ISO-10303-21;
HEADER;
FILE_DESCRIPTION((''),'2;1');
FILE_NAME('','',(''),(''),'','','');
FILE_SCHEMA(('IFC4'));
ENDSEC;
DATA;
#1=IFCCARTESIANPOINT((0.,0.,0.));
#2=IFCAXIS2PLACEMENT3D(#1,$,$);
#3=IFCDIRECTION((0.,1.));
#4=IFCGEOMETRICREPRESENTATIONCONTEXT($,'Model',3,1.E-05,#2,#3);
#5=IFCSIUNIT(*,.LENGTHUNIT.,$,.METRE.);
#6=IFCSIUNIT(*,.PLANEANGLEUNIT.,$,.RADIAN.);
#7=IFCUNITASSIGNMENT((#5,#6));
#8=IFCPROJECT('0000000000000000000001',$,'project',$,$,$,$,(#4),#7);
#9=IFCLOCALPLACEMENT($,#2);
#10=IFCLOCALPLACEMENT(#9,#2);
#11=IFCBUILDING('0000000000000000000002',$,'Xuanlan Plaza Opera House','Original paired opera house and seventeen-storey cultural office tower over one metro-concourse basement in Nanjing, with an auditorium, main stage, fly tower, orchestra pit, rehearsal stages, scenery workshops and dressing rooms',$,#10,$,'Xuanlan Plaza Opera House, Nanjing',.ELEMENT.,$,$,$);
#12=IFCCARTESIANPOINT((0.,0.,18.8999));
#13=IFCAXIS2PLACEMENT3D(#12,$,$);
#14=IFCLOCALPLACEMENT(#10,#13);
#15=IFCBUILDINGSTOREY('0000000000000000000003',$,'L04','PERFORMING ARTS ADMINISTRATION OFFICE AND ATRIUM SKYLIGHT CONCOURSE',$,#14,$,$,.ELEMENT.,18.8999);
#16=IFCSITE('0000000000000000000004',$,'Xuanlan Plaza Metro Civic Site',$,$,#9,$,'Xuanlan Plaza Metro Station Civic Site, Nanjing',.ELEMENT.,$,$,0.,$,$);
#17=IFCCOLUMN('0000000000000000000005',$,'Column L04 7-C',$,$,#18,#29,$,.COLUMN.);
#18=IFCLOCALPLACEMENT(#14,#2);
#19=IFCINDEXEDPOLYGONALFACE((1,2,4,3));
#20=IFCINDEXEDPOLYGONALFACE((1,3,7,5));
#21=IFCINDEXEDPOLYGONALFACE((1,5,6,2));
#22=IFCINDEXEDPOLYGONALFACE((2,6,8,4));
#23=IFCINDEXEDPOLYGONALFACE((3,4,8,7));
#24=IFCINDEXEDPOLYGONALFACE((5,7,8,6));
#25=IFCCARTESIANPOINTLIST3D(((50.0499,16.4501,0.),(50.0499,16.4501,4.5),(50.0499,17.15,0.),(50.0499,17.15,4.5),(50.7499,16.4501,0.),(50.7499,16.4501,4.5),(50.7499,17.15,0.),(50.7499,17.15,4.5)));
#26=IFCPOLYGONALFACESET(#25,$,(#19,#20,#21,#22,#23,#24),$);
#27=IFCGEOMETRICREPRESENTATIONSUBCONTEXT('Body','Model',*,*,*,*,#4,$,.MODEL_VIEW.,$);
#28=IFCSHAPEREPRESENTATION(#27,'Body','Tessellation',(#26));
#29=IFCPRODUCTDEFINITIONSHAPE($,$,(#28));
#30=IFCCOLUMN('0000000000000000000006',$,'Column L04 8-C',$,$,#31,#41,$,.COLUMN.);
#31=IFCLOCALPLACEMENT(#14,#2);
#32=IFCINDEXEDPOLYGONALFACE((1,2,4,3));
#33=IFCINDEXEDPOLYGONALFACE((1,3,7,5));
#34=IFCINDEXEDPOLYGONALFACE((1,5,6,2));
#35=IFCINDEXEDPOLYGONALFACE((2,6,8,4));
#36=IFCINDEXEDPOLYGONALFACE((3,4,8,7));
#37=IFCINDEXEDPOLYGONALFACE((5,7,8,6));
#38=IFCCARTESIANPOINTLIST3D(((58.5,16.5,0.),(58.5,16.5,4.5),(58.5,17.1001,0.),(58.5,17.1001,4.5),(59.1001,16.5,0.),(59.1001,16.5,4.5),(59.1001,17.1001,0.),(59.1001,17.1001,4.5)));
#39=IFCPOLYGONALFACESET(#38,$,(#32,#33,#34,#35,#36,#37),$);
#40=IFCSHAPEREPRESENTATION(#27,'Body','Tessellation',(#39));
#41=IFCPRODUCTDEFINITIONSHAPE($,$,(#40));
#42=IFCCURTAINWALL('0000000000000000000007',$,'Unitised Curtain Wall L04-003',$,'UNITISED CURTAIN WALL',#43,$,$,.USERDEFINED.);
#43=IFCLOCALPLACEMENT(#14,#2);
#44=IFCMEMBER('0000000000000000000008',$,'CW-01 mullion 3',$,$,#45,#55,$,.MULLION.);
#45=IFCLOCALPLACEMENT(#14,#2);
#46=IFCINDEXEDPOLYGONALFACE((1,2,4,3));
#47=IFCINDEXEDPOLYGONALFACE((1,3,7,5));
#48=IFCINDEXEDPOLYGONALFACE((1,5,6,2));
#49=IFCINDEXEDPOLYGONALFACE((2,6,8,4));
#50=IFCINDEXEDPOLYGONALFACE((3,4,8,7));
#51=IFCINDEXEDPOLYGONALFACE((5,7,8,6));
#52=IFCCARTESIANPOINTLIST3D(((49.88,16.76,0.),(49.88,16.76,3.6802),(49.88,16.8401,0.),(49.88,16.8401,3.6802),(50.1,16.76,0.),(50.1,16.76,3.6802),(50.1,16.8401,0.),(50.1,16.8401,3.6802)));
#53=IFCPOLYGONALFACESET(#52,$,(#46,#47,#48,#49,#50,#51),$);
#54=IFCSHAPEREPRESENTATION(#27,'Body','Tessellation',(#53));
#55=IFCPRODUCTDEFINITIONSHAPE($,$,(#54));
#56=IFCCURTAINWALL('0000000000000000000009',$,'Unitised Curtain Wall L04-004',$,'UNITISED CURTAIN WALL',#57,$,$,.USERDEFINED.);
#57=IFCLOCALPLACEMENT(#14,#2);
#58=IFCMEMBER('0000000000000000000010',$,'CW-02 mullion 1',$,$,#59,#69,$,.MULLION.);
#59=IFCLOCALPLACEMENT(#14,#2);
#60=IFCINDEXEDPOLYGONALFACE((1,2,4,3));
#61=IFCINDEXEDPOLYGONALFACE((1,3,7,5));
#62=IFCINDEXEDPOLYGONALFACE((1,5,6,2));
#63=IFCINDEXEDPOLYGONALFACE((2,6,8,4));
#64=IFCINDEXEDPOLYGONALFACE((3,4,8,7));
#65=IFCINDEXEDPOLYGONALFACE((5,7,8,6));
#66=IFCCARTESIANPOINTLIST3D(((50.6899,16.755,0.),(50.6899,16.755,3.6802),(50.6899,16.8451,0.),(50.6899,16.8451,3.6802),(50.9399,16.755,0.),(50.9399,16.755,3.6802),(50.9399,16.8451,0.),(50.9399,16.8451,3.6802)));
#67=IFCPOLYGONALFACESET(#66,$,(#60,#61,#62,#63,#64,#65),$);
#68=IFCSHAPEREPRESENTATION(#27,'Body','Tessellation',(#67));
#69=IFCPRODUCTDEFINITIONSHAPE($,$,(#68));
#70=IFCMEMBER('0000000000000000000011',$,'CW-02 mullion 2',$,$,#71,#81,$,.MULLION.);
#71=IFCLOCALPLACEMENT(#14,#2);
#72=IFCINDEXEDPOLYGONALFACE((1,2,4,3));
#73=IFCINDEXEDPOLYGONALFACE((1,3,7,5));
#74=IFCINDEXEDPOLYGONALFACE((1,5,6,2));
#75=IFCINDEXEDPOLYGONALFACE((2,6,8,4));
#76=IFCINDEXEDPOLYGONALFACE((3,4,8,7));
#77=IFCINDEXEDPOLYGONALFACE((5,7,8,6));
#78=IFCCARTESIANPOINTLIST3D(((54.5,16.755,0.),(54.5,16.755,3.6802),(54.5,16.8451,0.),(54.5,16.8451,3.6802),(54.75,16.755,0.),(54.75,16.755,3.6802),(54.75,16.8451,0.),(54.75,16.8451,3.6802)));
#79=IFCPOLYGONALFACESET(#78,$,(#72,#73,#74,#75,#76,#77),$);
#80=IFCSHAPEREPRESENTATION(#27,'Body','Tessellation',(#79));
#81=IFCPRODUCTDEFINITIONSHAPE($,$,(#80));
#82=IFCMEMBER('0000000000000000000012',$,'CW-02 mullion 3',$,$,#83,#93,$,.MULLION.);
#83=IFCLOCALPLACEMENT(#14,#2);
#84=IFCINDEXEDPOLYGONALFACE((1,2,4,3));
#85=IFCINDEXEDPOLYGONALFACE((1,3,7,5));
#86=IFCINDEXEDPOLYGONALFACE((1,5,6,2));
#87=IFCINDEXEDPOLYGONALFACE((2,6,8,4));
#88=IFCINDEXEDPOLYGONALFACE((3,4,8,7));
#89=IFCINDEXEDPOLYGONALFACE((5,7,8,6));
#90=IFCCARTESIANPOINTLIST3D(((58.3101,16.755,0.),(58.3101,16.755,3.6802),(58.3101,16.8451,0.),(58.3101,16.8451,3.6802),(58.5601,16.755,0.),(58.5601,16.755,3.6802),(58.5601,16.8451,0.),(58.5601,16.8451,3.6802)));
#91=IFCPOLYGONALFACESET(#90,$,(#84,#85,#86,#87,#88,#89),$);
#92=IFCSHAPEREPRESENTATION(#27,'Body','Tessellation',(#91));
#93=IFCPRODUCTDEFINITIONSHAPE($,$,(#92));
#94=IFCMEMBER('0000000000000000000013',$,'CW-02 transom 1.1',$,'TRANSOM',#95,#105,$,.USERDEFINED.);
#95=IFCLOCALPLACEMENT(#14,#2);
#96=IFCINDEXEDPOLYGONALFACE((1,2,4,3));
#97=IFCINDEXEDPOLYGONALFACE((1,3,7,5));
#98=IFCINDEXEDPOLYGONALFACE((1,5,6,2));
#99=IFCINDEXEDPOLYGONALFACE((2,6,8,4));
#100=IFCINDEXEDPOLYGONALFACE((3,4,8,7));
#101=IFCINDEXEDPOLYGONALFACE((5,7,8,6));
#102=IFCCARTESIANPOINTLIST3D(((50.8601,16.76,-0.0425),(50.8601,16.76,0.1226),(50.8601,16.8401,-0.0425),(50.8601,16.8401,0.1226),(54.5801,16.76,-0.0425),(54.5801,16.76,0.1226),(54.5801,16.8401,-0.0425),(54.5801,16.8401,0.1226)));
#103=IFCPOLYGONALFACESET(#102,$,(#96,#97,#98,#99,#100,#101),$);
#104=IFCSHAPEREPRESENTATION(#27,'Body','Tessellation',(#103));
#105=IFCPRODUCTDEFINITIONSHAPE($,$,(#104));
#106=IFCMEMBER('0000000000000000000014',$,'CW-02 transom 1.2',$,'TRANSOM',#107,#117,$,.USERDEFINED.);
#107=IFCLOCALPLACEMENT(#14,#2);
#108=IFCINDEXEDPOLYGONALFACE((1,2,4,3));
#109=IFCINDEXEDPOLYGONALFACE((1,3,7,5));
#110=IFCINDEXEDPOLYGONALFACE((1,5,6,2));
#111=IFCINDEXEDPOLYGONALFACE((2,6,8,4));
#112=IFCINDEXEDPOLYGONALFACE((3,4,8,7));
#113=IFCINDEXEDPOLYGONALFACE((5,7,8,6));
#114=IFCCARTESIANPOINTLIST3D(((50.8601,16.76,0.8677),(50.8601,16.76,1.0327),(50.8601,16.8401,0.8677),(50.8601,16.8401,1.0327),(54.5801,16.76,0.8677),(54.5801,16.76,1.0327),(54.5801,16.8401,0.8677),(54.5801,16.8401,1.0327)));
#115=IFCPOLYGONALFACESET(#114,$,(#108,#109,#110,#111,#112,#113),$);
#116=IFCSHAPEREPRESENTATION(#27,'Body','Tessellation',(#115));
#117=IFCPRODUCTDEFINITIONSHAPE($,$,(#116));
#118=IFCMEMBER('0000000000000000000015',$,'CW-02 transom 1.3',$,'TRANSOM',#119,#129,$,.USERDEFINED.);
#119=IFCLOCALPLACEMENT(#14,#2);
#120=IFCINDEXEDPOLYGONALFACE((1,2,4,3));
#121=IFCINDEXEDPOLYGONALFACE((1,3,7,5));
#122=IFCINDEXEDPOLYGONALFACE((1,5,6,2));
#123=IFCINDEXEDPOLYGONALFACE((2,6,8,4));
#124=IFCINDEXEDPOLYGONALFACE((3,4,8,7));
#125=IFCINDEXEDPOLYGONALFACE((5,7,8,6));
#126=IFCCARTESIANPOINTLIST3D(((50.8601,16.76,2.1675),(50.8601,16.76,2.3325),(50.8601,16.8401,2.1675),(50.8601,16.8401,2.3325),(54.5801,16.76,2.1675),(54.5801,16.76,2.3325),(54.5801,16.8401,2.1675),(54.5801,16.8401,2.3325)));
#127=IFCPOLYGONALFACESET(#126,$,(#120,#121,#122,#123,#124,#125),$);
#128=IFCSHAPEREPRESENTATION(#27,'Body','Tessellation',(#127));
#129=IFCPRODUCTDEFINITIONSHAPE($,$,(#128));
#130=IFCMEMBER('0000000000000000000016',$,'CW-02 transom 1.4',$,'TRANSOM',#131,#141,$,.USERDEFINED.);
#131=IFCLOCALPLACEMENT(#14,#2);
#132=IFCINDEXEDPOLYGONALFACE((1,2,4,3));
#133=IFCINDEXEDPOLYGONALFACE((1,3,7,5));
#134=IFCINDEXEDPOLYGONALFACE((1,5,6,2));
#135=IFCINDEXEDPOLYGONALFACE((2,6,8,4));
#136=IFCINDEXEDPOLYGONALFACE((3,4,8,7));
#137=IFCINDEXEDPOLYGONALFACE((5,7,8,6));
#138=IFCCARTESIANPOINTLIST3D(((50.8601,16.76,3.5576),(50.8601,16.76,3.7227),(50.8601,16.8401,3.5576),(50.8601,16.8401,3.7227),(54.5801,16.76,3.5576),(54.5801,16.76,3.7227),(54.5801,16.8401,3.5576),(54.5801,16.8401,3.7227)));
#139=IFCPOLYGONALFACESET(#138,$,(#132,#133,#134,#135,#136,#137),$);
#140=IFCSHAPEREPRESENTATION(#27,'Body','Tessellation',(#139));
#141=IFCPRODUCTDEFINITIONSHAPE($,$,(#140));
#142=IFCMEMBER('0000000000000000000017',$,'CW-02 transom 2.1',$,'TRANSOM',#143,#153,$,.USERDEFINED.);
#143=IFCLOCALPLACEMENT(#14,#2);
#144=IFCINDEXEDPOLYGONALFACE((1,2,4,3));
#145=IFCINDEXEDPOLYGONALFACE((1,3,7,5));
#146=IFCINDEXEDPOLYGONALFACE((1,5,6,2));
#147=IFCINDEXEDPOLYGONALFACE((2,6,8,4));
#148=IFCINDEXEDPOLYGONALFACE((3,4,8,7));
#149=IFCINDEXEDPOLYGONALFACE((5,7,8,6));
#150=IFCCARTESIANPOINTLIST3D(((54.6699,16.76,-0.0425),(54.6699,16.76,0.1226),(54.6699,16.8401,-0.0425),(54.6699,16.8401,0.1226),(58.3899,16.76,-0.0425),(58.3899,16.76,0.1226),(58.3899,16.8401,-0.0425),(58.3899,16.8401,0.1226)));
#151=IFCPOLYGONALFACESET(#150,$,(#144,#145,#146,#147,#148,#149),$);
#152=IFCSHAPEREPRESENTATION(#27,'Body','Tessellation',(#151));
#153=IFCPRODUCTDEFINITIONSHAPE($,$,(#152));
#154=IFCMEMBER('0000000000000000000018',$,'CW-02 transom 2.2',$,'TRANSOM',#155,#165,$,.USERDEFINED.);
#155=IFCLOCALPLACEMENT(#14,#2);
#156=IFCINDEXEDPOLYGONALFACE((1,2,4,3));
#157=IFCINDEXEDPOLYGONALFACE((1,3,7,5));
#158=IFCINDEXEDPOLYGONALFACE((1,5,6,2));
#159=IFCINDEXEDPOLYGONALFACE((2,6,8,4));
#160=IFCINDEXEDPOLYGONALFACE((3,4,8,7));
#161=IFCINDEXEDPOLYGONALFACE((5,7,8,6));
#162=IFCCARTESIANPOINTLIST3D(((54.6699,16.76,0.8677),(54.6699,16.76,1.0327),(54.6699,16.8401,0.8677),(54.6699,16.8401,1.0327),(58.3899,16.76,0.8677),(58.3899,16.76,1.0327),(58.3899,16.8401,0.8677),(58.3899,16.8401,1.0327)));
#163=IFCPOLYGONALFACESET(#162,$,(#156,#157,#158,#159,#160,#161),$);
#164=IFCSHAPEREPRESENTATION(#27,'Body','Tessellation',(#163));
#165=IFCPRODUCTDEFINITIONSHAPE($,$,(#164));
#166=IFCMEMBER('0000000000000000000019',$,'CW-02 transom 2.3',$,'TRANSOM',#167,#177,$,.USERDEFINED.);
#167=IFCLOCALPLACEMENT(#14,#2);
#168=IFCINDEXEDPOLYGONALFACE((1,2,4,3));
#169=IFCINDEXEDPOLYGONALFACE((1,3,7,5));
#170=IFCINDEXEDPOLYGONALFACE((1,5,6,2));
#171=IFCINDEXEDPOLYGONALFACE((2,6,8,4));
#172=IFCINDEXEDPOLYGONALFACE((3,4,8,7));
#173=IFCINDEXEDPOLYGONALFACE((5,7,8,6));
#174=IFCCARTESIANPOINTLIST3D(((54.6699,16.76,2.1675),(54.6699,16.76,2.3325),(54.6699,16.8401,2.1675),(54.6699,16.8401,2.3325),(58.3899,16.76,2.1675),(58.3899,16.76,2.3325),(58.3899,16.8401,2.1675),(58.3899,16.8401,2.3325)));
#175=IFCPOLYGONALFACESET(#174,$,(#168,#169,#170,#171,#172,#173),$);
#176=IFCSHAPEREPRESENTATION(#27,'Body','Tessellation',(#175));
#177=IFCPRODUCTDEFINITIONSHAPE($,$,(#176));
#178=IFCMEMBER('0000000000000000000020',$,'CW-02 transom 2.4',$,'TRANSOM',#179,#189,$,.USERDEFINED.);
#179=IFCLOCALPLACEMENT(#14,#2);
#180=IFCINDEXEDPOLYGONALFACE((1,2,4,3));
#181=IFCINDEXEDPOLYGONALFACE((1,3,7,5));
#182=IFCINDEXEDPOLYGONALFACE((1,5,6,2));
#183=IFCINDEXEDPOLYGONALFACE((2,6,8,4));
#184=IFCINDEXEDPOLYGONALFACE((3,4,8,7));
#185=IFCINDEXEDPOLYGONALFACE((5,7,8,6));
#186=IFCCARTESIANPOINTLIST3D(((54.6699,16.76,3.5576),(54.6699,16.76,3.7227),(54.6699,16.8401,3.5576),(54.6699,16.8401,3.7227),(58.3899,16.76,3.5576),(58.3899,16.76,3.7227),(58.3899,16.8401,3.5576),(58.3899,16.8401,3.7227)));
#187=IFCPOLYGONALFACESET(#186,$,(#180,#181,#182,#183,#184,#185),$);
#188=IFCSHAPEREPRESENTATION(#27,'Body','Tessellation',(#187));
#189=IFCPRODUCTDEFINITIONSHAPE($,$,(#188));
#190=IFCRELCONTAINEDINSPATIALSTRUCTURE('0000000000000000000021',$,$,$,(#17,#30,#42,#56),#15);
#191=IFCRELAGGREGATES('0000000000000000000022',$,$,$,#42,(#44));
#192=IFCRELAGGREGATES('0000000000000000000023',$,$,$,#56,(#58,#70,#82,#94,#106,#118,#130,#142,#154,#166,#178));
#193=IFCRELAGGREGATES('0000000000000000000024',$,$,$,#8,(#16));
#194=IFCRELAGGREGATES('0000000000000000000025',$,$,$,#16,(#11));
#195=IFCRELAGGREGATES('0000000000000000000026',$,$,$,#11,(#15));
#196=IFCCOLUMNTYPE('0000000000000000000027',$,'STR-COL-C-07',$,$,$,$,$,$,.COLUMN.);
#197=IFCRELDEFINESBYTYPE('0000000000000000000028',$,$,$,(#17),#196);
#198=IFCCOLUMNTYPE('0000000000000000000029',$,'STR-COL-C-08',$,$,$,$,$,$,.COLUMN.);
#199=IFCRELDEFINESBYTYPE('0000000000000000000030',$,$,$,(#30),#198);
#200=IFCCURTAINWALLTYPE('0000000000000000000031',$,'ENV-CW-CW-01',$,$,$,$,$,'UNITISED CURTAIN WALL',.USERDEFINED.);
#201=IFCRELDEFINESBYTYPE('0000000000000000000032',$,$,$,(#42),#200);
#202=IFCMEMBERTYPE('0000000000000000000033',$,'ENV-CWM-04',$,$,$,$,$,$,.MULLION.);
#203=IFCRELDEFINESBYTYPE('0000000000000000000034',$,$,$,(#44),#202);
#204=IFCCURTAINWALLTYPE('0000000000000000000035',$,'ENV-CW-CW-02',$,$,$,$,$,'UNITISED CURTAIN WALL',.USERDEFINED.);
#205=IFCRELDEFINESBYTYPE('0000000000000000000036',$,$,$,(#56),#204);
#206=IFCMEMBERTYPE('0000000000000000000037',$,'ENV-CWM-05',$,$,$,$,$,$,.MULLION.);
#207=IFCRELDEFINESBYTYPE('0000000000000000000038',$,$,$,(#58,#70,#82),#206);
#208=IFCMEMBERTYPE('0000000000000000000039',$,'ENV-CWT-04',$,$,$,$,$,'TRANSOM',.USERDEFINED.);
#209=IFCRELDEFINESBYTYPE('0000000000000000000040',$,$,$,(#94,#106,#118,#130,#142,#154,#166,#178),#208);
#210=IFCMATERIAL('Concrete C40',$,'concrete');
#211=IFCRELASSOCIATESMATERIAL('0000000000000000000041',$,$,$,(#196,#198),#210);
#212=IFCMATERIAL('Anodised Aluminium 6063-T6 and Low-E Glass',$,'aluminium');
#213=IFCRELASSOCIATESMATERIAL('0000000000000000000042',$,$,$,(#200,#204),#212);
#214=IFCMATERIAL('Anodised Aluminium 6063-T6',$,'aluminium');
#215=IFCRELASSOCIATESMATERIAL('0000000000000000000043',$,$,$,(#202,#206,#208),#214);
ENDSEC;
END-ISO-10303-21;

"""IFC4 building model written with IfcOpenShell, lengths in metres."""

from ifc_helpers import new_model, si_unit, direction, frame, origin, origin_2d, place, context, subcontext, project, spatial, rectangle, extrude, material, material_profile, profile_set, type_object, element, aggregate, save


model = new_model("IFC4")

# Units and contexts
model_context = context("Model", 3, precision=1e-05, world=origin(), true_north=direction((0.0, 1.0)))
body_context = subcontext(model_context, "Body", "Model", "MODEL_VIEW")
ifc_project = project(units=[si_unit("LENGTHUNIT", "METRE"), si_unit("PLANEANGLEUNIT", "RADIAN")], contexts=[model_context])

# Site, building, storey
site_placement = place(None, origin())
site = spatial("IfcSite", under=ifc_project, at=site_placement, Name="Xuanlan Plaza Metro Civic Site", LongName="Xuanlan Plaza Metro Station Civic Site, Nanjing", CompositionType="ELEMENT", RefElevation=0.0)
building_placement = place(site_placement, origin())
building = spatial("IfcBuilding", under=site, at=building_placement, Name="Xuanlan Plaza Opera House", Description="Original paired opera house and seventeen-storey cultural office tower over one metro-concourse basement in Nanjing, with an auditorium, main stage, fly tower, orchestra pit, rehearsal stages, scenery workshops and dressing rooms", LongName="Xuanlan Plaza Opera House, Nanjing", CompositionType="ELEMENT")
storey_placement = place(building_placement, frame((0.0, 0.0, 18.8999)))
storey = spatial("IfcBuildingStorey", under=building, at=storey_placement, Name="L04", Description="PERFORMING ARTS ADMINISTRATION OFFICE AND ATRIUM SKYLIGHT CONCOURSE", CompositionType="ELEMENT", Elevation=18.8999)

# Columns
ifc_material_1 = material(Name="Concrete C40", Category="concrete")
ifc_material_profile_1 = material_profile(ifc_material_1, rectangle(XDim=0.7, YDim=0.7, at=origin_2d()), Name="RC-COL 700x700")
ifc_profile_set_1 = profile_set([ifc_material_profile_1], Name="Concrete C40")
column_type_1 = type_object("IfcColumnType", Name="STR-COL-C-07", PredefinedType="COLUMN", material=ifc_profile_set_1)
column_1_placement = place(storey_placement, frame((50.3999, 16.8, 0.0), z_axis=(0.0, 0.0, 1.0), x_axis=(1.0, 0.0, 0.0)))
element("IfcColumn", 1, at=column_1_placement, inside=storey, type_object=column_type_1, Name="Column L04 7-C", PredefinedType="COLUMN", context=body_context, shape_type="SweptSolid", body=[
    extrude(rectangle(XDim=0.7, YDim=0.7, at=origin_2d()), origin(), (0.0, 0.0, 1.0), 4.5),
])
ifc_material_profile_2 = material_profile(ifc_material_1, rectangle(XDim=0.6001, YDim=0.6001, at=origin_2d()), Name="RC-COL 600x600")
ifc_profile_set_2 = profile_set([ifc_material_profile_2], Name="Concrete C40")
column_type_2 = type_object("IfcColumnType", Name="STR-COL-C-08", PredefinedType="COLUMN", material=ifc_profile_set_2)
column_2_placement = place(storey_placement, frame((58.8, 16.8, 0.0), z_axis=(0.0, 0.0, 1.0), x_axis=(1.0, 0.0, 0.0)))
element("IfcColumn", 2, at=column_2_placement, inside=storey, type_object=column_type_2, Name="Column L04 8-C", PredefinedType="COLUMN", context=body_context, shape_type="SweptSolid", body=[
    extrude(rectangle(XDim=0.6001, YDim=0.6001, at=origin_2d()), origin(), (0.0, 0.0, 1.0), 4.5),
])

# Curtain wall, member
ifc_material_2 = material(Name="Anodised Aluminium 6063-T6 and Low-E Glass", Category="aluminium")
curtain_wall_type_1 = type_object("IfcCurtainWallType", Name="ENV-CW-CW-01", ElementType="UNITISED CURTAIN WALL", PredefinedType="USERDEFINED", material=ifc_material_2)
curtain_wall_1_placement = place(storey_placement, origin())
curtain_wall_1 = element("IfcCurtainWall", 3, at=curtain_wall_1_placement, inside=storey, type_object=curtain_wall_type_1, Name="Unitised Curtain Wall L04-003", ObjectType="UNITISED CURTAIN WALL", PredefinedType="USERDEFINED")
ifc_material_3 = material(Name="Anodised Aluminium 6063-T6", Category="aluminium")
ifc_material_profile_3 = material_profile(ifc_material_3, rectangle(XDim=0.0801, YDim=0.22, at=origin_2d()), Name="ALU-M 80x220")
ifc_profile_set_3 = profile_set([ifc_material_profile_3], Name="Anodised Aluminium 6063-T6")
member_type_1 = type_object("IfcMemberType", Name="ENV-CWM-04", PredefinedType="MULLION", material=ifc_profile_set_3)
member_1_placement = place(storey_placement, frame((49.99, 16.8, 0.0), z_axis=(0.0, 0.0, 1.0), x_axis=(0.0, 1.0, 0.0)))
member_1 = element("IfcMember", 4, at=member_1_placement, type_object=member_type_1, Name="CW-01 mullion 3", PredefinedType="MULLION", context=body_context, shape_type="SweptSolid", body=[
    extrude(rectangle(XDim=0.0801, YDim=0.22, at=origin_2d()), origin(), (0.0, 0.0, 1.0), 3.6802),
])
aggregate(curtain_wall_1, [member_1])

# Curtain wall, members
curtain_wall_type_2 = type_object("IfcCurtainWallType", Name="ENV-CW-CW-02", ElementType="UNITISED CURTAIN WALL", PredefinedType="USERDEFINED", material=ifc_material_2)
curtain_wall_2_placement = place(storey_placement, origin())
curtain_wall_2 = element("IfcCurtainWall", 5, at=curtain_wall_2_placement, inside=storey, type_object=curtain_wall_type_2, Name="Unitised Curtain Wall L04-004", ObjectType="UNITISED CURTAIN WALL", PredefinedType="USERDEFINED")
ifc_material_profile_4 = material_profile(ifc_material_3, rectangle(XDim=0.0901, YDim=0.25, at=origin_2d()), Name="ALU-M 90x250")
ifc_profile_set_4 = profile_set([ifc_material_profile_4], Name="Anodised Aluminium 6063-T6")
member_type_2 = type_object("IfcMemberType", Name="ENV-CWM-05", PredefinedType="MULLION", material=ifc_profile_set_4)
member_2_placement = place(storey_placement, frame((50.8149, 16.8, 0.0), z_axis=(0.0, 0.0, 1.0), x_axis=(0.0, 1.0, 0.0)))
member_2 = element("IfcMember", 6, at=member_2_placement, type_object=member_type_2, Name="CW-02 mullion 1", PredefinedType="MULLION", context=body_context, shape_type="SweptSolid", body=[
    extrude(rectangle(XDim=0.0901, YDim=0.25, at=origin_2d()), origin(), (0.0, 0.0, 1.0), 3.6802),
])
member_3_placement = place(storey_placement, frame((54.625, 16.8, 0.0), z_axis=(0.0, 0.0, 1.0), x_axis=(0.0, 1.0, 0.0)))
member_3 = element("IfcMember", 7, at=member_3_placement, type_object=member_type_2, Name="CW-02 mullion 2", PredefinedType="MULLION", context=body_context, shape_type="SweptSolid", body=[
    extrude(rectangle(XDim=0.0901, YDim=0.25, at=origin_2d()), origin(), (0.0, 0.0, 1.0), 3.6802),
])
member_4_placement = place(storey_placement, frame((58.4351, 16.8, 0.0), z_axis=(0.0, 0.0, 1.0), x_axis=(0.0, 1.0, 0.0)))
member_4 = element("IfcMember", 8, at=member_4_placement, type_object=member_type_2, Name="CW-02 mullion 3", PredefinedType="MULLION", context=body_context, shape_type="SweptSolid", body=[
    extrude(rectangle(XDim=0.0901, YDim=0.25, at=origin_2d()), origin(), (0.0, 0.0, 1.0), 3.6802),
])
ifc_material_profile_5 = material_profile(ifc_material_3, rectangle(XDim=0.0801, YDim=0.165, at=origin_2d()), Name="ALU-T 80x165")
ifc_profile_set_5 = profile_set([ifc_material_profile_5], Name="Anodised Aluminium 6063-T6")
member_type_3 = type_object("IfcMemberType", Name="ENV-CWT-04", ElementType="TRANSOM", PredefinedType="USERDEFINED", material=ifc_profile_set_5)
member_5_placement = place(storey_placement, frame((50.8601, 16.8, 0.04), z_axis=(1.0, 0.0, 0.0), x_axis=(0.0, 1.0, 0.0)))
member_5 = element("IfcMember", 9, at=member_5_placement, type_object=member_type_3, Name="CW-02 transom 1.1", ObjectType="TRANSOM", PredefinedType="USERDEFINED", context=body_context, shape_type="SweptSolid", body=[
    extrude(rectangle(XDim=0.0801, YDim=0.165, at=origin_2d()), origin(), (0.0, 0.0, 1.0), 3.72),
])
member_6_placement = place(storey_placement, frame((50.8601, 16.8, 0.9502), z_axis=(1.0, 0.0, 0.0), x_axis=(0.0, 1.0, 0.0)))
member_6 = element("IfcMember", 10, at=member_6_placement, type_object=member_type_3, Name="CW-02 transom 1.2", ObjectType="TRANSOM", PredefinedType="USERDEFINED", context=body_context, shape_type="SweptSolid", body=[
    extrude(rectangle(XDim=0.0801, YDim=0.165, at=origin_2d()), origin(), (0.0, 0.0, 1.0), 3.72),
])
member_7_placement = place(storey_placement, frame((50.8601, 16.8, 2.25), z_axis=(1.0, 0.0, 0.0), x_axis=(0.0, 1.0, 0.0)))
member_7 = element("IfcMember", 11, at=member_7_placement, type_object=member_type_3, Name="CW-02 transom 1.3", ObjectType="TRANSOM", PredefinedType="USERDEFINED", context=body_context, shape_type="SweptSolid", body=[
    extrude(rectangle(XDim=0.0801, YDim=0.165, at=origin_2d()), origin(), (0.0, 0.0, 1.0), 3.72),
])
member_8_placement = place(storey_placement, frame((50.8601, 16.8, 3.6401), z_axis=(1.0, 0.0, 0.0), x_axis=(0.0, 1.0, 0.0)))
member_8 = element("IfcMember", 12, at=member_8_placement, type_object=member_type_3, Name="CW-02 transom 1.4", ObjectType="TRANSOM", PredefinedType="USERDEFINED", context=body_context, shape_type="SweptSolid", body=[
    extrude(rectangle(XDim=0.0801, YDim=0.165, at=origin_2d()), origin(), (0.0, 0.0, 1.0), 3.72),
])
member_9_placement = place(storey_placement, frame((54.6699, 16.8, 0.04), z_axis=(1.0, 0.0, 0.0), x_axis=(0.0, 1.0, 0.0)))
member_9 = element("IfcMember", 13, at=member_9_placement, type_object=member_type_3, Name="CW-02 transom 2.1", ObjectType="TRANSOM", PredefinedType="USERDEFINED", context=body_context, shape_type="SweptSolid", body=[
    extrude(rectangle(XDim=0.0801, YDim=0.165, at=origin_2d()), origin(), (0.0, 0.0, 1.0), 3.72),
])
member_10_placement = place(storey_placement, frame((54.6699, 16.8, 0.9502), z_axis=(1.0, 0.0, 0.0), x_axis=(0.0, 1.0, 0.0)))
member_10 = element("IfcMember", 14, at=member_10_placement, type_object=member_type_3, Name="CW-02 transom 2.2", ObjectType="TRANSOM", PredefinedType="USERDEFINED", context=body_context, shape_type="SweptSolid", body=[
    extrude(rectangle(XDim=0.0801, YDim=0.165, at=origin_2d()), origin(), (0.0, 0.0, 1.0), 3.72),
])
member_11_placement = place(storey_placement, frame((54.6699, 16.8, 2.25), z_axis=(1.0, 0.0, 0.0), x_axis=(0.0, 1.0, 0.0)))
member_11 = element("IfcMember", 15, at=member_11_placement, type_object=member_type_3, Name="CW-02 transom 2.3", ObjectType="TRANSOM", PredefinedType="USERDEFINED", context=body_context, shape_type="SweptSolid", body=[
    extrude(rectangle(XDim=0.0801, YDim=0.165, at=origin_2d()), origin(), (0.0, 0.0, 1.0), 3.72),
])
member_12_placement = place(storey_placement, frame((54.6699, 16.8, 3.6401), z_axis=(1.0, 0.0, 0.0), x_axis=(0.0, 1.0, 0.0)))
member_12 = element("IfcMember", 16, at=member_12_placement, type_object=member_type_3, Name="CW-02 transom 2.4", ObjectType="TRANSOM", PredefinedType="USERDEFINED", context=body_context, shape_type="SweptSolid", body=[
    extrude(rectangle(XDim=0.0801, YDim=0.165, at=origin_2d()), origin(), (0.0, 0.0, 1.0), 3.72),
])

aggregate(curtain_wall_2, [member_2, member_3, member_4, member_5, member_6, member_7, member_8, member_9, member_10, member_11, member_12])

save(model, "model.ifc")
